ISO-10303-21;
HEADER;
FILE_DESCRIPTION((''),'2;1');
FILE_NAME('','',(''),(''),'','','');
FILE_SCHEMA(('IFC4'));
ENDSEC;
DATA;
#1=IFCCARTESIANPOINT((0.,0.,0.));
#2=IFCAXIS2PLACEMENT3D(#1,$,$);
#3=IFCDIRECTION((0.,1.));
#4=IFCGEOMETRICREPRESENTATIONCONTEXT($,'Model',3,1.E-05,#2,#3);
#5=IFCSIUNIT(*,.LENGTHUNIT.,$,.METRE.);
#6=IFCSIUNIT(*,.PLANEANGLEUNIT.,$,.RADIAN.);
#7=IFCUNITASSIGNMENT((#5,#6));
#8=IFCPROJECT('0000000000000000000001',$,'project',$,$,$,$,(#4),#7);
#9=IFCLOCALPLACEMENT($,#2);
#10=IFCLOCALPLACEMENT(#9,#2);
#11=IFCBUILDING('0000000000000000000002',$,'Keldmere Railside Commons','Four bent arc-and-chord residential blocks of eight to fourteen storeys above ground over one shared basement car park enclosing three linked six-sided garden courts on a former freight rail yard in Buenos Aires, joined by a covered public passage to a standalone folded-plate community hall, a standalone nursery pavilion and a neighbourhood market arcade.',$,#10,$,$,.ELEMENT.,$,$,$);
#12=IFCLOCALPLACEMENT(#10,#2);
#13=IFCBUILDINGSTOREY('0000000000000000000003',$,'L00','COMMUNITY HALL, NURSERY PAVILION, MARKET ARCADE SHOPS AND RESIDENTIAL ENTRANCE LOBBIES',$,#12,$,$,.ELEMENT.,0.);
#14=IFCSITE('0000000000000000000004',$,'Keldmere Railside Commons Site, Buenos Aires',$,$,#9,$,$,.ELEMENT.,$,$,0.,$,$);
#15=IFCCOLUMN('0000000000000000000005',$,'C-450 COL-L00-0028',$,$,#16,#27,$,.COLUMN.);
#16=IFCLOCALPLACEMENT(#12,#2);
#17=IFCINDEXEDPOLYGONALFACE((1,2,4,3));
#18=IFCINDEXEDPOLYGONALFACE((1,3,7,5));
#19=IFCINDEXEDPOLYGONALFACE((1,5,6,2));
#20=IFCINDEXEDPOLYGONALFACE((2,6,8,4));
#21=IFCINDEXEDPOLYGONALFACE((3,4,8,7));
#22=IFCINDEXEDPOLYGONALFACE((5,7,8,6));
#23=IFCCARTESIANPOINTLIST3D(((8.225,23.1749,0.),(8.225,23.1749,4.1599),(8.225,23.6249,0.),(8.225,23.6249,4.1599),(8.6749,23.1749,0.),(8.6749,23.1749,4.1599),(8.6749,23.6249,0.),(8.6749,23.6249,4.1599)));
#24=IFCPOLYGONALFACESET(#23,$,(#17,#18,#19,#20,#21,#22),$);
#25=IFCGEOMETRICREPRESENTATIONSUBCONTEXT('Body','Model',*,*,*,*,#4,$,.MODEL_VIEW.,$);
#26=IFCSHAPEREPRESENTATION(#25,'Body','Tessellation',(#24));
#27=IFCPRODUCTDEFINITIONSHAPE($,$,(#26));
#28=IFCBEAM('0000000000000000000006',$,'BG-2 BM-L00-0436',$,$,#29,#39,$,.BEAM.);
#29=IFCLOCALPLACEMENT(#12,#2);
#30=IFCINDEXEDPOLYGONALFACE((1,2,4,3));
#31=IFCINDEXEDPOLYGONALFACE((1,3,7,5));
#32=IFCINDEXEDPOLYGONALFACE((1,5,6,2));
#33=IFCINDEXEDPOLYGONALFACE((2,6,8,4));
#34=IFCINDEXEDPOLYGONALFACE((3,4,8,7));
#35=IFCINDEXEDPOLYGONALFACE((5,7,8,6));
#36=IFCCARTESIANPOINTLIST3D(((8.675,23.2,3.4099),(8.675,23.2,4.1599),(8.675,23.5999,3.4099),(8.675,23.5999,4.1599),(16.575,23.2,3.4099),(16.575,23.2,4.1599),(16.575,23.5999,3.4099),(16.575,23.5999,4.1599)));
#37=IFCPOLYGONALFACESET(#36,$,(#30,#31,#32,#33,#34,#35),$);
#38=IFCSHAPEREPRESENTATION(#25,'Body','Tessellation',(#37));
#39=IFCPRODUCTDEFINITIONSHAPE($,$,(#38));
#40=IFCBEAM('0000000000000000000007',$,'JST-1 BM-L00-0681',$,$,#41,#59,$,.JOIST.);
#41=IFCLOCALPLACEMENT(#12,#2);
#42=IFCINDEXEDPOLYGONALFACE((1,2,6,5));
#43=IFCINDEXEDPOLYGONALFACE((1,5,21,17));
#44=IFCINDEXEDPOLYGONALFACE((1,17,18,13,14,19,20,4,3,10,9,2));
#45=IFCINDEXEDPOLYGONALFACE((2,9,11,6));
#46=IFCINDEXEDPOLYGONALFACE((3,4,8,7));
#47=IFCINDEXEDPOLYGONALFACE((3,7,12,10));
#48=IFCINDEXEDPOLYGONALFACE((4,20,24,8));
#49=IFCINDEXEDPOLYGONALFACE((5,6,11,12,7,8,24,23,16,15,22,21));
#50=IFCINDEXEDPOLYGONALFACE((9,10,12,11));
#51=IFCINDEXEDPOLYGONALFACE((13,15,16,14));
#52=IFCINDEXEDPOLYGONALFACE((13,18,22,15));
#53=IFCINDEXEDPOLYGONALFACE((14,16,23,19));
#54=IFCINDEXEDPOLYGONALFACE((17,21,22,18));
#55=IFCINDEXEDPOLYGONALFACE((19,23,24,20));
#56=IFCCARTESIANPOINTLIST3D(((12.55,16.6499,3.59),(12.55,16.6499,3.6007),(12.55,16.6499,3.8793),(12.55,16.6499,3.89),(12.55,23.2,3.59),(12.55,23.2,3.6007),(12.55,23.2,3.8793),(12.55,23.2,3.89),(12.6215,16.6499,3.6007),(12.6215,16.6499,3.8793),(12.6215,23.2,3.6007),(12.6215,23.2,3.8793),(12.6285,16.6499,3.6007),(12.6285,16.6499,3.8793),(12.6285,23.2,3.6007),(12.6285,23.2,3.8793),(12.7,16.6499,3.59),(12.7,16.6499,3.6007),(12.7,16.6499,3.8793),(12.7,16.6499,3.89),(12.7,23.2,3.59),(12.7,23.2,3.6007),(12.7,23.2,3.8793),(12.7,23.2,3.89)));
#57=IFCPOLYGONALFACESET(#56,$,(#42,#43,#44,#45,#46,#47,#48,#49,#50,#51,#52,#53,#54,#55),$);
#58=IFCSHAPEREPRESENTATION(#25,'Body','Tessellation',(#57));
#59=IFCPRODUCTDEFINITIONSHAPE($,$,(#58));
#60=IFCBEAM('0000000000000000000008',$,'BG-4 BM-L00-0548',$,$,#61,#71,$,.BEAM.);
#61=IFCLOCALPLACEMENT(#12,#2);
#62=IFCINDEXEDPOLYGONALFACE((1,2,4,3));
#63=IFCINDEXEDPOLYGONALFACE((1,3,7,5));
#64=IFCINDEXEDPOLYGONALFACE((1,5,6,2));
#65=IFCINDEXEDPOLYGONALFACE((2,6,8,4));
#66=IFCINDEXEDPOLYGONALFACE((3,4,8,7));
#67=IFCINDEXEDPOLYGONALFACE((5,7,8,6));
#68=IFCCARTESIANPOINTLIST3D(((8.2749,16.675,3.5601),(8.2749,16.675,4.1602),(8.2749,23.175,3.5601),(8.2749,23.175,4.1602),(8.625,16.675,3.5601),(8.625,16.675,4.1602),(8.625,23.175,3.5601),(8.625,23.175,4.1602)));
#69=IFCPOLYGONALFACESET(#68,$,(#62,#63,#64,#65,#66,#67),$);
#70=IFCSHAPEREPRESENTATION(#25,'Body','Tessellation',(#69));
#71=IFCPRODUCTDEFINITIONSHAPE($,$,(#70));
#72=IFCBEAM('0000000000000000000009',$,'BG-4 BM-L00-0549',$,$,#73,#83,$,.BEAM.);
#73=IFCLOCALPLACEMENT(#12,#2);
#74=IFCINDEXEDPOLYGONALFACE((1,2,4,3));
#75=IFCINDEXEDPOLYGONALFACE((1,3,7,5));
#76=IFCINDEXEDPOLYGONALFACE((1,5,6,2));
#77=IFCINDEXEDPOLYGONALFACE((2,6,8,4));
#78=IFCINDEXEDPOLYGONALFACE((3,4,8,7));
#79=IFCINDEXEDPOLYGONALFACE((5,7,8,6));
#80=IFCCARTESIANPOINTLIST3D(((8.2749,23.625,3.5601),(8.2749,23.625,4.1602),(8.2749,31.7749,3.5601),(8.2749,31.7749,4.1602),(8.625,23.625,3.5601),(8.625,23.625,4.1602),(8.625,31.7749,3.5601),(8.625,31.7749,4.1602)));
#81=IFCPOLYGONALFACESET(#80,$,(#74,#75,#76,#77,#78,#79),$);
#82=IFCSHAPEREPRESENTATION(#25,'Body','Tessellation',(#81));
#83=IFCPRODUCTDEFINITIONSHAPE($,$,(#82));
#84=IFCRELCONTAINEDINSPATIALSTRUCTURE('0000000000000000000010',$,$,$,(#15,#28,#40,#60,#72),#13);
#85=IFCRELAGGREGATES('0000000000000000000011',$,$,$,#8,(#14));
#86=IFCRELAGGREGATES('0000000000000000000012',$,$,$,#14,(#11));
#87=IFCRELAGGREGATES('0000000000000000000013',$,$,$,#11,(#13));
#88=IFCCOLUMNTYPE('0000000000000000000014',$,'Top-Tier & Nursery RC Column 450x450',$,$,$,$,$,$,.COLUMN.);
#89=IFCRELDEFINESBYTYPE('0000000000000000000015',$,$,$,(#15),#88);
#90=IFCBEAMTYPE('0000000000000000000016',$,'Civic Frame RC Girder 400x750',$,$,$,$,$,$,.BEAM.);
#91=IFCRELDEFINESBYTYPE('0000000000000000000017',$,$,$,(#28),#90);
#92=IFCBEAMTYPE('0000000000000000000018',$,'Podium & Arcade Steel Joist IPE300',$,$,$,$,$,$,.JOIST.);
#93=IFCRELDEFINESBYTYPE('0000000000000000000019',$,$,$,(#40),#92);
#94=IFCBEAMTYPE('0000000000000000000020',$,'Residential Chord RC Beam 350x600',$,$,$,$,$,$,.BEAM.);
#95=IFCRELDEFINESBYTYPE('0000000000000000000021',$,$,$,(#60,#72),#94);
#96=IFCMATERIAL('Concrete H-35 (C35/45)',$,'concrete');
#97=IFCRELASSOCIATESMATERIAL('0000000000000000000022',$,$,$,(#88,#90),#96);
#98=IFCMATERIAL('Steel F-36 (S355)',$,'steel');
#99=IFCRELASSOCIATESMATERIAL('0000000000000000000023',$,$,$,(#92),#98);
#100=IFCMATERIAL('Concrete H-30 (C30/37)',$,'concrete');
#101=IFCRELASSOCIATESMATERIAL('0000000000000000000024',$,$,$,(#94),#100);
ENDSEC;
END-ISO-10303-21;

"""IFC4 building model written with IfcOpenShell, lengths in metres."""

from ifc_helpers import new_model, si_unit, direction, frame, origin, origin_2d, place, context, subcontext, project, spatial, rectangle, i_section, extrude, material, material_profile, profile_set, type_object, element, save


model = new_model("IFC4")

# Units and contexts
model_context = context("Model", 3, precision=1e-05, world=origin(), true_north=direction((0.0, 1.0)))
body_context = subcontext(model_context, "Body", "Model", "MODEL_VIEW")
ifc_project = project(units=[si_unit("LENGTHUNIT", "METRE"), si_unit("PLANEANGLEUNIT", "RADIAN")], contexts=[model_context])

# Site, building, storey
site_placement = place(None, origin())
site = spatial("IfcSite", under=ifc_project, at=site_placement, Name="Keldmere Railside Commons Site, Buenos Aires", CompositionType="ELEMENT", RefElevation=0.0)
building_placement = place(site_placement, origin())
building = spatial("IfcBuilding", under=site, at=building_placement, Name="Keldmere Railside Commons", Description="Four bent arc-and-chord residential blocks of eight to fourteen storeys above ground over one shared basement car park enclosing three linked six-sided garden courts on a former freight rail yard in Buenos Aires, joined by a covered public passage to a standalone folded-plate community hall, a standalone nursery pavilion and a neighbourhood market arcade.", CompositionType="ELEMENT")
storey_placement = place(building_placement, origin())
storey = spatial("IfcBuildingStorey", under=building, at=storey_placement, Name="L00", Description="COMMUNITY HALL, NURSERY PAVILION, MARKET ARCADE SHOPS AND RESIDENTIAL ENTRANCE LOBBIES", CompositionType="ELEMENT", Elevation=0.0)

# Column
ifc_material_1 = material(Name="Concrete H-35 (C35/45)", Category="concrete")
ifc_material_profile_1 = material_profile(ifc_material_1, rectangle(XDim=0.45, YDim=0.45, at=origin_2d()), Name="RC-450x450")
ifc_profile_set_1 = profile_set([ifc_material_profile_1], Name="Concrete H-35 (C35/45)")
column_type = type_object("IfcColumnType", Name="Top-Tier & Nursery RC Column 450x450", PredefinedType="COLUMN", material=ifc_profile_set_1)
column_placement = place(storey_placement, frame((8.45, 23.3999, 0.0), z_axis=(0.0, 0.0, 1.0), x_axis=(1.0, 0.0, 0.0)))
element("IfcColumn", 1, at=column_placement, inside=storey, type_object=column_type, Name="C-450 COL-L00-0028", PredefinedType="COLUMN", context=body_context, shape_type="SweptSolid", body=[
    extrude(rectangle(XDim=0.45, YDim=0.45, at=origin_2d()), origin(), (0.0, 0.0, 1.0), 4.1599),
])

# Beams
ifc_material_profile_2 = material_profile(ifc_material_1, rectangle(XDim=0.3999, YDim=0.75, at=origin_2d()), Name="RC-400x750")
ifc_profile_set_2 = profile_set([ifc_material_profile_2], Name="Concrete H-35 (C35/45)")
beam_type_1 = type_object("IfcBeamType", Name="Civic Frame RC Girder 400x750", PredefinedType="BEAM", material=ifc_profile_set_2)
beam_1_placement = place(storey_placement, frame((8.675, 23.3999, 3.7849), z_axis=(1.0, 0.0, 0.0), x_axis=(0.0, 1.0, 0.0)))
element("IfcBeam", 2, at=beam_1_placement, inside=storey, type_object=beam_type_1, Name="BG-2 BM-L00-0436", PredefinedType="BEAM", context=body_context, shape_type="SweptSolid", body=[
    extrude(rectangle(XDim=0.3999, YDim=0.75, at=origin_2d()), origin(), (0.0, 0.0, 1.0), 7.8999),
])
ifc_material_2 = material(Name="Steel F-36 (S355)", Category="steel")
ifc_material_profile_3 = material_profile(ifc_material_2, i_section(OverallWidth=0.1499, OverallDepth=0.3, WebThickness=0.0071, FlangeThickness=0.0107, at=origin_2d()), Name="IPE-300")
ifc_profile_set_3 = profile_set([ifc_material_profile_3], Name="Steel F-36 (S355)")
beam_type_2 = type_object("IfcBeamType", Name="Podium & Arcade Steel Joist IPE300", PredefinedType="JOIST", material=ifc_profile_set_3)
beam_2_placement = place(storey_placement, frame((12.625, 16.6499, 3.74), z_axis=(0.0, 1.0, 0.0), x_axis=(-1.0, 0.0, 0.0)))
element("IfcBeam", 3, at=beam_2_placement, inside=storey, type_object=beam_type_2, Name="JST-1 BM-L00-0681", PredefinedType="JOIST", context=body_context, shape_type="SweptSolid", body=[
    extrude(i_section(OverallWidth=0.1499, OverallDepth=0.3, WebThickness=0.0071, FlangeThickness=0.0107, at=origin_2d()), origin(), (0.0, 0.0, 1.0), 6.55),
])
ifc_material_3 = material(Name="Concrete H-30 (C30/37)", Category="concrete")
ifc_material_profile_4 = material_profile(ifc_material_3, rectangle(XDim=0.3501, YDim=0.6001, at=origin_2d()), Name="RC-350x600")
ifc_profile_set_4 = profile_set([ifc_material_profile_4], Name="Concrete H-30 (C30/37)")
beam_type_3 = type_object("IfcBeamType", Name="Residential Chord RC Beam 350x600", PredefinedType="BEAM", material=ifc_profile_set_4)
beam_3_placement = place(storey_placement, frame((8.45, 16.675, 3.8601), z_axis=(0.0, 1.0, 0.0), x_axis=(-1.0, 0.0, 0.0)))
element("IfcBeam", 4, at=beam_3_placement, inside=storey, type_object=beam_type_3, Name="BG-4 BM-L00-0548", PredefinedType="BEAM", context=body_context, shape_type="SweptSolid", body=[
    extrude(rectangle(XDim=0.3501, YDim=0.6001, at=origin_2d()), origin(), (0.0, 0.0, 1.0), 6.5),
])
beam_4_placement = place(storey_placement, frame((8.45, 23.625, 3.8601), z_axis=(0.0, 1.0, 0.0), x_axis=(-1.0, 0.0, 0.0)))
element("IfcBeam", 5, at=beam_4_placement, inside=storey, type_object=beam_type_3, Name="BG-4 BM-L00-0549", PredefinedType="BEAM", context=body_context, shape_type="SweptSolid", body=[
    extrude(rectangle(XDim=0.3501, YDim=0.6001, at=origin_2d()), origin(), (0.0, 0.0, 1.0), 8.1499),
])

save(model, "model.ifc")
